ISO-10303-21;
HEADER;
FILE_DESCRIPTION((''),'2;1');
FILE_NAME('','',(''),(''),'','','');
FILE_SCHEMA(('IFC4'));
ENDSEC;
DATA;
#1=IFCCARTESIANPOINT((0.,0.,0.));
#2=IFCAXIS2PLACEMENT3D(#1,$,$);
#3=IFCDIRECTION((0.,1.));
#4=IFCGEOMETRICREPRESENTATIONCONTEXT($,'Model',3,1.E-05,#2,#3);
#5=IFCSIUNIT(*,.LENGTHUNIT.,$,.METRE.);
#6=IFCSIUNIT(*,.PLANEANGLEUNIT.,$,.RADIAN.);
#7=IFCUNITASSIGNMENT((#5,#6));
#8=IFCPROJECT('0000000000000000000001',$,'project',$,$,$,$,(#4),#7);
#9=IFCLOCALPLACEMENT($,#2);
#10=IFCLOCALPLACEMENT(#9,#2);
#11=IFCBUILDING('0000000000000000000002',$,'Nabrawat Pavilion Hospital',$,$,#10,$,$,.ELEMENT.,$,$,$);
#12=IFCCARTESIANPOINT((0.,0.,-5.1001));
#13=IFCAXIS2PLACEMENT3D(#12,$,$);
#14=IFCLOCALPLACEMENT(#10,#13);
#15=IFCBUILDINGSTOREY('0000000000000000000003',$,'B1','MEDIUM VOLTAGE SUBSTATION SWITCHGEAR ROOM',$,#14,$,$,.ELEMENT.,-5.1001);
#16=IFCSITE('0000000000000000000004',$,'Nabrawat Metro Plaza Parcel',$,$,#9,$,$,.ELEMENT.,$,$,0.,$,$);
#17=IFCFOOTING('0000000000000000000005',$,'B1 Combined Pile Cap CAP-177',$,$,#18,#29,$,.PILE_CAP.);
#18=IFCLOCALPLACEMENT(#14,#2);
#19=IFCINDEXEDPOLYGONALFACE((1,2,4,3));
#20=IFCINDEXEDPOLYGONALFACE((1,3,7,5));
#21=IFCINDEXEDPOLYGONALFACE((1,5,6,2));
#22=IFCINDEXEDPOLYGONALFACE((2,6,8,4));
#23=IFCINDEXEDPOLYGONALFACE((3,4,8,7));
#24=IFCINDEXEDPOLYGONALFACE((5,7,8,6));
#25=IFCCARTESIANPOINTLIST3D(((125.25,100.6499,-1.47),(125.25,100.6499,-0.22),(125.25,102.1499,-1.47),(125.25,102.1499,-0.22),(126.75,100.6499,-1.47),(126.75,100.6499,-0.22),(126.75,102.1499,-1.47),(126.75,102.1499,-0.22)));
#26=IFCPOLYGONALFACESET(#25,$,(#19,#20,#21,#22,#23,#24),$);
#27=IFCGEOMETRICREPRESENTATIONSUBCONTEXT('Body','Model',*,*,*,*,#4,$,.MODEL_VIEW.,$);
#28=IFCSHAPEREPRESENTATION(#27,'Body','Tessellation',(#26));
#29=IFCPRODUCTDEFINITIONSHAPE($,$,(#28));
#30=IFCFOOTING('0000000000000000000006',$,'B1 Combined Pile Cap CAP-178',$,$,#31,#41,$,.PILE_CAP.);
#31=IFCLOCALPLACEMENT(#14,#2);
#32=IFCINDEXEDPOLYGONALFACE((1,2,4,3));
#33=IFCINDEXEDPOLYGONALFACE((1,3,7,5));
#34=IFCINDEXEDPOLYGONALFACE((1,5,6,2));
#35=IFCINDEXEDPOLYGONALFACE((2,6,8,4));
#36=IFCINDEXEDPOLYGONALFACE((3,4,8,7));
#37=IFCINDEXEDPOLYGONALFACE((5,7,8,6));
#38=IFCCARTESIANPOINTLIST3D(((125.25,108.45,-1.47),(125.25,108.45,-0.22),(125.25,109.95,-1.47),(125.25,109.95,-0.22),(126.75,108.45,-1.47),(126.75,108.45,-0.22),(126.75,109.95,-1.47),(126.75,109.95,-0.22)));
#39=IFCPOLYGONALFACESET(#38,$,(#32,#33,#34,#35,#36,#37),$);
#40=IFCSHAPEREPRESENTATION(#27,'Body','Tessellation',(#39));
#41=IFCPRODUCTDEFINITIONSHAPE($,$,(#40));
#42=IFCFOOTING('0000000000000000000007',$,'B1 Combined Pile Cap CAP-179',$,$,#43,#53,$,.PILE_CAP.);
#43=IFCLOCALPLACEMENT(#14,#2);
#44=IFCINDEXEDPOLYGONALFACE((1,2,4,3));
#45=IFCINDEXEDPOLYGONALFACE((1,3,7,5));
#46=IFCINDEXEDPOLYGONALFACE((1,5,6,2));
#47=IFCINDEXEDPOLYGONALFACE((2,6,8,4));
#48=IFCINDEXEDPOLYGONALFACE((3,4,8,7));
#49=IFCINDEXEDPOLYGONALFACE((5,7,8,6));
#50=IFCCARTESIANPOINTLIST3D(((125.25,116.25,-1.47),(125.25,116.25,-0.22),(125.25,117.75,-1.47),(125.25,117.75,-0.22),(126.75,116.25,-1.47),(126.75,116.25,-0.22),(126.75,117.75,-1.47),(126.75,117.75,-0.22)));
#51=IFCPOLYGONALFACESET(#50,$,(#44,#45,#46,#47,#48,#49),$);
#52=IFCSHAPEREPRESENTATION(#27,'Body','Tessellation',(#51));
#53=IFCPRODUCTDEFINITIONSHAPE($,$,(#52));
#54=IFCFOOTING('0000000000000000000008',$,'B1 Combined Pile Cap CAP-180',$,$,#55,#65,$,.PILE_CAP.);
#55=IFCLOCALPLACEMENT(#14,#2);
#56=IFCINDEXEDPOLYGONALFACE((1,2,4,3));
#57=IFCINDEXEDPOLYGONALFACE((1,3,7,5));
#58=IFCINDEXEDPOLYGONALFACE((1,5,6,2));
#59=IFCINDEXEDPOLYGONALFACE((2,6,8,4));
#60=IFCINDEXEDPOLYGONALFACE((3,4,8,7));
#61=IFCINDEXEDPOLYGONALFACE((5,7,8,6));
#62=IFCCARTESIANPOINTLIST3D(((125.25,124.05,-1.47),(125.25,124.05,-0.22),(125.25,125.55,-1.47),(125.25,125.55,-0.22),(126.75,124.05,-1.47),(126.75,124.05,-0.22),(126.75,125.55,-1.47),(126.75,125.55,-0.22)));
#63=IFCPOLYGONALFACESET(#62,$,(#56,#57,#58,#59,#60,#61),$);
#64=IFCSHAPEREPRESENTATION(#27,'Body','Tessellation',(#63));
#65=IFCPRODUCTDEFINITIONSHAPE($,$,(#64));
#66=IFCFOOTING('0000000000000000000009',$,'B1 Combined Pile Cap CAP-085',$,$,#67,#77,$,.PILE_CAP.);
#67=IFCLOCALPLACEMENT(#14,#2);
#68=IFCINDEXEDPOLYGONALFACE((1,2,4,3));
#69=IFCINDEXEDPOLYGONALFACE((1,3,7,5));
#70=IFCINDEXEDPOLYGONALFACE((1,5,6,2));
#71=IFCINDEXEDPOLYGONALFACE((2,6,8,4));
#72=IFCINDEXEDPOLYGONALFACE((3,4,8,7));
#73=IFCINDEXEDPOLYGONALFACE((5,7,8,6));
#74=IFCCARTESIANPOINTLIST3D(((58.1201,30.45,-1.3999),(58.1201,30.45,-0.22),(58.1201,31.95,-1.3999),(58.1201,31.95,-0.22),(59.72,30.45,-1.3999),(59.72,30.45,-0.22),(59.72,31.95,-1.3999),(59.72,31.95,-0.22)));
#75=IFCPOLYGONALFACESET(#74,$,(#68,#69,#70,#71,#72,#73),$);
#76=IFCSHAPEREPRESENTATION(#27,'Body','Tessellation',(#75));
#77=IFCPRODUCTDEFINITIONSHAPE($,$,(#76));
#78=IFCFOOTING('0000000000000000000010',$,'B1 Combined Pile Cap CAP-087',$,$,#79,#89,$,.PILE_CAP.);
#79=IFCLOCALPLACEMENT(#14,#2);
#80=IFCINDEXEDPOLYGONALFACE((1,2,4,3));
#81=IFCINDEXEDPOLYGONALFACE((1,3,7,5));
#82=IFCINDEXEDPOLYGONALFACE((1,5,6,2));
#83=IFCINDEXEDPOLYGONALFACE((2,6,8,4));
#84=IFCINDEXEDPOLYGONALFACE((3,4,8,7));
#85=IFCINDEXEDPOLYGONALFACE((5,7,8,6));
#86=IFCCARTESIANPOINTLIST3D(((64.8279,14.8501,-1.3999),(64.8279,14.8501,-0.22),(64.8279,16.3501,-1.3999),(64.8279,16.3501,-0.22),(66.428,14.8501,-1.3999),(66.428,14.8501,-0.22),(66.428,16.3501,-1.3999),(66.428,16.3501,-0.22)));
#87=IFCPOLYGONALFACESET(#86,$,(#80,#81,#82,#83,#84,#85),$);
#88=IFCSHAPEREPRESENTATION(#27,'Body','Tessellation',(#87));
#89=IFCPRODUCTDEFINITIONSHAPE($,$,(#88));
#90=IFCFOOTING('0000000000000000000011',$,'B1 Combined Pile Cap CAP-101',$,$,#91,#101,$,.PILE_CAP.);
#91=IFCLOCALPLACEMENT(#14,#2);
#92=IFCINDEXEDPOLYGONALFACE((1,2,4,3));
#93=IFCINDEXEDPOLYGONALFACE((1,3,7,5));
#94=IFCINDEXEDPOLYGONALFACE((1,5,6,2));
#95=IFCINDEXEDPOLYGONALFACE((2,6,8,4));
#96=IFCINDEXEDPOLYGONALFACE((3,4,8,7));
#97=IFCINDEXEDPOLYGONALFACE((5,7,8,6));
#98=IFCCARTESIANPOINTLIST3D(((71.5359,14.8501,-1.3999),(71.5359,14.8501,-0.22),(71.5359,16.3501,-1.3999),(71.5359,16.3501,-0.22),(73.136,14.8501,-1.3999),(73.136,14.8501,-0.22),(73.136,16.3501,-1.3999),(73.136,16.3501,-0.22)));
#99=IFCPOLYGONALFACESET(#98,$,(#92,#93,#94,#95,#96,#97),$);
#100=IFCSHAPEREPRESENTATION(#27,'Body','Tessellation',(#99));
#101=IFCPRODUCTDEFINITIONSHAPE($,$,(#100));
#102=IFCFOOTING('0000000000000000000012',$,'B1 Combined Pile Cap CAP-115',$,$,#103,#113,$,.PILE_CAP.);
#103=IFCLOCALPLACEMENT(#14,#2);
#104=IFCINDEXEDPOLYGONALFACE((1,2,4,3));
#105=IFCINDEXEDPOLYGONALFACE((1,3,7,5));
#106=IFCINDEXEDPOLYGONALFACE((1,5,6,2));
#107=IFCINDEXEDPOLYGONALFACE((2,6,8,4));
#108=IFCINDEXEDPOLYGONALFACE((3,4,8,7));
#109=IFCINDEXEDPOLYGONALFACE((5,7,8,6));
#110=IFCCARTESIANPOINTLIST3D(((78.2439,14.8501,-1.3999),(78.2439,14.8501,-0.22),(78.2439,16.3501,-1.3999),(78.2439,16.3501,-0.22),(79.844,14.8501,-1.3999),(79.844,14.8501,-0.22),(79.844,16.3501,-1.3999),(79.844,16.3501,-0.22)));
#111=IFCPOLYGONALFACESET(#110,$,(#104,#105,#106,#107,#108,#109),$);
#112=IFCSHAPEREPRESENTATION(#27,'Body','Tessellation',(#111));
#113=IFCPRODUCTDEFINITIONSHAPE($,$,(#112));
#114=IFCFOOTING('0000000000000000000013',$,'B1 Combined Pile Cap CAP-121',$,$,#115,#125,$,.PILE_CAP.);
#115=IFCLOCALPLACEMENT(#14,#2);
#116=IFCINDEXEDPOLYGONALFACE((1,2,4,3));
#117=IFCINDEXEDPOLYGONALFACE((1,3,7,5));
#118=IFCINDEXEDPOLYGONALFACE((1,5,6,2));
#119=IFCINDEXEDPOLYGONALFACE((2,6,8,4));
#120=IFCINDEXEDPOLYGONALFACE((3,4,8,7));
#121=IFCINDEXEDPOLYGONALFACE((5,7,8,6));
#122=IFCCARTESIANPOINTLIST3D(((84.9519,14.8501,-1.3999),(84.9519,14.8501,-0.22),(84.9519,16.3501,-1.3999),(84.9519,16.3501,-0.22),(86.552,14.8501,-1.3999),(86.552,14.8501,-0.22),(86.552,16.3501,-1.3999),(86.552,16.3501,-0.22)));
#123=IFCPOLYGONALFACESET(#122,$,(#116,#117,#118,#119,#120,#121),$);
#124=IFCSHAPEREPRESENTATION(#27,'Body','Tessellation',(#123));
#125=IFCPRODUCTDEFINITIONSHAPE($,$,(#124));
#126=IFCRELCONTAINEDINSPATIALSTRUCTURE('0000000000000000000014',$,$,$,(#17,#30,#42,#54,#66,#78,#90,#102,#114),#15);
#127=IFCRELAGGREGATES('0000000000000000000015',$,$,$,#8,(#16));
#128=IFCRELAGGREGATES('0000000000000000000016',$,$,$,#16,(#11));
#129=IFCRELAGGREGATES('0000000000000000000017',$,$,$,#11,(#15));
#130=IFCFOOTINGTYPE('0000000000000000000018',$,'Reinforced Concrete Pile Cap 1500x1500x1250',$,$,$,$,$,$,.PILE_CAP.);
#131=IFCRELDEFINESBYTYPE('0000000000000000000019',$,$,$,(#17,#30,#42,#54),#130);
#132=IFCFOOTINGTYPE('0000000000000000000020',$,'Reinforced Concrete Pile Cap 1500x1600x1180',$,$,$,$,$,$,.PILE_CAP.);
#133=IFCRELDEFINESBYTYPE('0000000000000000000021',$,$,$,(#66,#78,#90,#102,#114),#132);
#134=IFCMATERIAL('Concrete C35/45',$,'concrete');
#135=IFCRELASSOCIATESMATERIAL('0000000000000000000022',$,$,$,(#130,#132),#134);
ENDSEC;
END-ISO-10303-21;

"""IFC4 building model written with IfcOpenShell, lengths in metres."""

from ifc_helpers import new_model, si_unit, direction, frame, origin, place, context, subcontext, project, spatial, polyline, outline, extrude, material, type_object, element, save


model = new_model("IFC4")

# Units and contexts
model_context = context("Model", 3, precision=1e-05, world=origin(), true_north=direction((0.0, 1.0)))
body_context = subcontext(model_context, "Body", "Model", "MODEL_VIEW")
ifc_project = project(units=[si_unit("LENGTHUNIT", "METRE"), si_unit("PLANEANGLEUNIT", "RADIAN")], contexts=[model_context])

# Site, building, storey
site_placement = place(None, origin())
site = spatial("IfcSite", under=ifc_project, at=site_placement, Name="Nabrawat Metro Plaza Parcel", CompositionType="ELEMENT", RefElevation=0.0)
building_placement = place(site_placement, origin())
building = spatial("IfcBuilding", under=site, at=building_placement, Name="Nabrawat Pavilion Hospital", CompositionType="ELEMENT")
storey_placement = place(building_placement, frame((0.0, 0.0, -5.1001)))
storey = spatial("IfcBuildingStorey", under=building, at=storey_placement, Name="B1", Description="MEDIUM VOLTAGE SUBSTATION SWITCHGEAR ROOM", CompositionType="ELEMENT", Elevation=-5.1001)

# Footings
ifc_material = material(Name="Concrete C35/45", Category="concrete")
footing_type_1 = type_object("IfcFootingType", Name="Reinforced Concrete Pile Cap 1500x1500x1250", PredefinedType="PILE_CAP", material=ifc_material)
footing_1_placement = place(storey_placement, frame((0.0, 0.0, -1.47)))
element("IfcFooting", 1, at=footing_1_placement, inside=storey, type_object=footing_type_1, Name="B1 Combined Pile Cap CAP-177", PredefinedType="PILE_CAP", context=body_context, shape_type="SweptSolid", body=[
    extrude(outline(polyline([(126.75, 100.6499), (126.75, 102.1499), (125.25, 102.1499), (125.25, 100.6499), (126.75, 100.6499)])), origin(), (0.0, 0.0, 1.0), 1.25),
])
footing_2_placement = place(storey_placement, frame((0.0, 0.0, -1.47)))
element("IfcFooting", 2, at=footing_2_placement, inside=storey, type_object=footing_type_1, Name="B1 Combined Pile Cap CAP-178", PredefinedType="PILE_CAP", context=body_context, shape_type="SweptSolid", body=[
    extrude(outline(polyline([(126.75, 108.45), (126.75, 109.95), (125.25, 109.95), (125.25, 108.45), (126.75, 108.45)])), origin(), (0.0, 0.0, 1.0), 1.25),
])
footing_3_placement = place(storey_placement, frame((0.0, 0.0, -1.47)))
element("IfcFooting", 3, at=footing_3_placement, inside=storey, type_object=footing_type_1, Name="B1 Combined Pile Cap CAP-179", PredefinedType="PILE_CAP", context=body_context, shape_type="SweptSolid", body=[
    extrude(outline(polyline([(126.75, 116.25), (126.75, 117.75), (125.25, 117.75), (125.25, 116.25), (126.75, 116.25)])), origin(), (0.0, 0.0, 1.0), 1.25),
])
footing_4_placement = place(storey_placement, frame((0.0, 0.0, -1.47)))
element("IfcFooting", 4, at=footing_4_placement, inside=storey, type_object=footing_type_1, Name="B1 Combined Pile Cap CAP-180", PredefinedType="PILE_CAP", context=body_context, shape_type="SweptSolid", body=[
    extrude(outline(polyline([(126.75, 124.05), (126.75, 125.55), (125.25, 125.55), (125.25, 124.05), (126.75, 124.05)])), origin(), (0.0, 0.0, 1.0), 1.25),
])
footing_type_2 = type_object("IfcFootingType", Name="Reinforced Concrete Pile Cap 1500x1600x1180", PredefinedType="PILE_CAP", material=ifc_material)
footing_5_placement = place(storey_placement, frame((0.0, 0.0, -1.3999)))
element("IfcFooting", 5, at=footing_5_placement, inside=storey, type_object=footing_type_2, Name="B1 Combined Pile Cap CAP-085", PredefinedType="PILE_CAP", context=body_context, shape_type="SweptSolid", body=[
    extrude(outline(polyline([(59.72, 30.45), (59.72, 31.95), (58.1201, 31.95), (58.1201, 30.45), (59.72, 30.45)])), origin(), (0.0, 0.0, 1.0), 1.1799),
])
footing_6_placement = place(storey_placement, frame((0.0, 0.0, -1.3999)))
element("IfcFooting", 6, at=footing_6_placement, inside=storey, type_object=footing_type_2, Name="B1 Combined Pile Cap CAP-087", PredefinedType="PILE_CAP", context=body_context, shape_type="SweptSolid", body=[
    extrude(outline(polyline([(66.428, 14.8501), (66.428, 16.3501), (64.8279, 16.3501), (64.8279, 14.8501), (66.428, 14.8501)])), origin(), (0.0, 0.0, 1.0), 1.1799),
])
footing_7_placement = place(storey_placement, frame((0.0, 0.0, -1.3999)))
element("IfcFooting", 7, at=footing_7_placement, inside=storey, type_object=footing_type_2, Name="B1 Combined Pile Cap CAP-101", PredefinedType="PILE_CAP", context=body_context, shape_type="SweptSolid", body=[
    extrude(outline(polyline([(73.136, 14.8501), (73.136, 16.3501), (71.5359, 16.3501), (71.5359, 14.8501), (73.136, 14.8501)])), origin(), (0.0, 0.0, 1.0), 1.1799),
])
footing_8_placement = place(storey_placement, frame((0.0, 0.0, -1.3999)))
element("IfcFooting", 8, at=footing_8_placement, inside=storey, type_object=footing_type_2, Name="B1 Combined Pile Cap CAP-115", PredefinedType="PILE_CAP", context=body_context, shape_type="SweptSolid", body=[
    extrude(outline(polyline([(79.844, 14.8501), (79.844, 16.3501), (78.2439, 16.3501), (78.2439, 14.8501), (79.844, 14.8501)])), origin(), (0.0, 0.0, 1.0), 1.1799),
])
footing_9_placement = place(storey_placement, frame((0.0, 0.0, -1.3999)))
element("IfcFooting", 9, at=footing_9_placement, inside=storey, type_object=footing_type_2, Name="B1 Combined Pile Cap CAP-121", PredefinedType="PILE_CAP", context=body_context, shape_type="SweptSolid", body=[
    extrude(outline(polyline([(86.552, 14.8501), (86.552, 16.3501), (84.9519, 16.3501), (84.9519, 14.8501), (86.552, 14.8501)])), origin(), (0.0, 0.0, 1.0), 1.1799),
])

save(model, "model.ifc")
